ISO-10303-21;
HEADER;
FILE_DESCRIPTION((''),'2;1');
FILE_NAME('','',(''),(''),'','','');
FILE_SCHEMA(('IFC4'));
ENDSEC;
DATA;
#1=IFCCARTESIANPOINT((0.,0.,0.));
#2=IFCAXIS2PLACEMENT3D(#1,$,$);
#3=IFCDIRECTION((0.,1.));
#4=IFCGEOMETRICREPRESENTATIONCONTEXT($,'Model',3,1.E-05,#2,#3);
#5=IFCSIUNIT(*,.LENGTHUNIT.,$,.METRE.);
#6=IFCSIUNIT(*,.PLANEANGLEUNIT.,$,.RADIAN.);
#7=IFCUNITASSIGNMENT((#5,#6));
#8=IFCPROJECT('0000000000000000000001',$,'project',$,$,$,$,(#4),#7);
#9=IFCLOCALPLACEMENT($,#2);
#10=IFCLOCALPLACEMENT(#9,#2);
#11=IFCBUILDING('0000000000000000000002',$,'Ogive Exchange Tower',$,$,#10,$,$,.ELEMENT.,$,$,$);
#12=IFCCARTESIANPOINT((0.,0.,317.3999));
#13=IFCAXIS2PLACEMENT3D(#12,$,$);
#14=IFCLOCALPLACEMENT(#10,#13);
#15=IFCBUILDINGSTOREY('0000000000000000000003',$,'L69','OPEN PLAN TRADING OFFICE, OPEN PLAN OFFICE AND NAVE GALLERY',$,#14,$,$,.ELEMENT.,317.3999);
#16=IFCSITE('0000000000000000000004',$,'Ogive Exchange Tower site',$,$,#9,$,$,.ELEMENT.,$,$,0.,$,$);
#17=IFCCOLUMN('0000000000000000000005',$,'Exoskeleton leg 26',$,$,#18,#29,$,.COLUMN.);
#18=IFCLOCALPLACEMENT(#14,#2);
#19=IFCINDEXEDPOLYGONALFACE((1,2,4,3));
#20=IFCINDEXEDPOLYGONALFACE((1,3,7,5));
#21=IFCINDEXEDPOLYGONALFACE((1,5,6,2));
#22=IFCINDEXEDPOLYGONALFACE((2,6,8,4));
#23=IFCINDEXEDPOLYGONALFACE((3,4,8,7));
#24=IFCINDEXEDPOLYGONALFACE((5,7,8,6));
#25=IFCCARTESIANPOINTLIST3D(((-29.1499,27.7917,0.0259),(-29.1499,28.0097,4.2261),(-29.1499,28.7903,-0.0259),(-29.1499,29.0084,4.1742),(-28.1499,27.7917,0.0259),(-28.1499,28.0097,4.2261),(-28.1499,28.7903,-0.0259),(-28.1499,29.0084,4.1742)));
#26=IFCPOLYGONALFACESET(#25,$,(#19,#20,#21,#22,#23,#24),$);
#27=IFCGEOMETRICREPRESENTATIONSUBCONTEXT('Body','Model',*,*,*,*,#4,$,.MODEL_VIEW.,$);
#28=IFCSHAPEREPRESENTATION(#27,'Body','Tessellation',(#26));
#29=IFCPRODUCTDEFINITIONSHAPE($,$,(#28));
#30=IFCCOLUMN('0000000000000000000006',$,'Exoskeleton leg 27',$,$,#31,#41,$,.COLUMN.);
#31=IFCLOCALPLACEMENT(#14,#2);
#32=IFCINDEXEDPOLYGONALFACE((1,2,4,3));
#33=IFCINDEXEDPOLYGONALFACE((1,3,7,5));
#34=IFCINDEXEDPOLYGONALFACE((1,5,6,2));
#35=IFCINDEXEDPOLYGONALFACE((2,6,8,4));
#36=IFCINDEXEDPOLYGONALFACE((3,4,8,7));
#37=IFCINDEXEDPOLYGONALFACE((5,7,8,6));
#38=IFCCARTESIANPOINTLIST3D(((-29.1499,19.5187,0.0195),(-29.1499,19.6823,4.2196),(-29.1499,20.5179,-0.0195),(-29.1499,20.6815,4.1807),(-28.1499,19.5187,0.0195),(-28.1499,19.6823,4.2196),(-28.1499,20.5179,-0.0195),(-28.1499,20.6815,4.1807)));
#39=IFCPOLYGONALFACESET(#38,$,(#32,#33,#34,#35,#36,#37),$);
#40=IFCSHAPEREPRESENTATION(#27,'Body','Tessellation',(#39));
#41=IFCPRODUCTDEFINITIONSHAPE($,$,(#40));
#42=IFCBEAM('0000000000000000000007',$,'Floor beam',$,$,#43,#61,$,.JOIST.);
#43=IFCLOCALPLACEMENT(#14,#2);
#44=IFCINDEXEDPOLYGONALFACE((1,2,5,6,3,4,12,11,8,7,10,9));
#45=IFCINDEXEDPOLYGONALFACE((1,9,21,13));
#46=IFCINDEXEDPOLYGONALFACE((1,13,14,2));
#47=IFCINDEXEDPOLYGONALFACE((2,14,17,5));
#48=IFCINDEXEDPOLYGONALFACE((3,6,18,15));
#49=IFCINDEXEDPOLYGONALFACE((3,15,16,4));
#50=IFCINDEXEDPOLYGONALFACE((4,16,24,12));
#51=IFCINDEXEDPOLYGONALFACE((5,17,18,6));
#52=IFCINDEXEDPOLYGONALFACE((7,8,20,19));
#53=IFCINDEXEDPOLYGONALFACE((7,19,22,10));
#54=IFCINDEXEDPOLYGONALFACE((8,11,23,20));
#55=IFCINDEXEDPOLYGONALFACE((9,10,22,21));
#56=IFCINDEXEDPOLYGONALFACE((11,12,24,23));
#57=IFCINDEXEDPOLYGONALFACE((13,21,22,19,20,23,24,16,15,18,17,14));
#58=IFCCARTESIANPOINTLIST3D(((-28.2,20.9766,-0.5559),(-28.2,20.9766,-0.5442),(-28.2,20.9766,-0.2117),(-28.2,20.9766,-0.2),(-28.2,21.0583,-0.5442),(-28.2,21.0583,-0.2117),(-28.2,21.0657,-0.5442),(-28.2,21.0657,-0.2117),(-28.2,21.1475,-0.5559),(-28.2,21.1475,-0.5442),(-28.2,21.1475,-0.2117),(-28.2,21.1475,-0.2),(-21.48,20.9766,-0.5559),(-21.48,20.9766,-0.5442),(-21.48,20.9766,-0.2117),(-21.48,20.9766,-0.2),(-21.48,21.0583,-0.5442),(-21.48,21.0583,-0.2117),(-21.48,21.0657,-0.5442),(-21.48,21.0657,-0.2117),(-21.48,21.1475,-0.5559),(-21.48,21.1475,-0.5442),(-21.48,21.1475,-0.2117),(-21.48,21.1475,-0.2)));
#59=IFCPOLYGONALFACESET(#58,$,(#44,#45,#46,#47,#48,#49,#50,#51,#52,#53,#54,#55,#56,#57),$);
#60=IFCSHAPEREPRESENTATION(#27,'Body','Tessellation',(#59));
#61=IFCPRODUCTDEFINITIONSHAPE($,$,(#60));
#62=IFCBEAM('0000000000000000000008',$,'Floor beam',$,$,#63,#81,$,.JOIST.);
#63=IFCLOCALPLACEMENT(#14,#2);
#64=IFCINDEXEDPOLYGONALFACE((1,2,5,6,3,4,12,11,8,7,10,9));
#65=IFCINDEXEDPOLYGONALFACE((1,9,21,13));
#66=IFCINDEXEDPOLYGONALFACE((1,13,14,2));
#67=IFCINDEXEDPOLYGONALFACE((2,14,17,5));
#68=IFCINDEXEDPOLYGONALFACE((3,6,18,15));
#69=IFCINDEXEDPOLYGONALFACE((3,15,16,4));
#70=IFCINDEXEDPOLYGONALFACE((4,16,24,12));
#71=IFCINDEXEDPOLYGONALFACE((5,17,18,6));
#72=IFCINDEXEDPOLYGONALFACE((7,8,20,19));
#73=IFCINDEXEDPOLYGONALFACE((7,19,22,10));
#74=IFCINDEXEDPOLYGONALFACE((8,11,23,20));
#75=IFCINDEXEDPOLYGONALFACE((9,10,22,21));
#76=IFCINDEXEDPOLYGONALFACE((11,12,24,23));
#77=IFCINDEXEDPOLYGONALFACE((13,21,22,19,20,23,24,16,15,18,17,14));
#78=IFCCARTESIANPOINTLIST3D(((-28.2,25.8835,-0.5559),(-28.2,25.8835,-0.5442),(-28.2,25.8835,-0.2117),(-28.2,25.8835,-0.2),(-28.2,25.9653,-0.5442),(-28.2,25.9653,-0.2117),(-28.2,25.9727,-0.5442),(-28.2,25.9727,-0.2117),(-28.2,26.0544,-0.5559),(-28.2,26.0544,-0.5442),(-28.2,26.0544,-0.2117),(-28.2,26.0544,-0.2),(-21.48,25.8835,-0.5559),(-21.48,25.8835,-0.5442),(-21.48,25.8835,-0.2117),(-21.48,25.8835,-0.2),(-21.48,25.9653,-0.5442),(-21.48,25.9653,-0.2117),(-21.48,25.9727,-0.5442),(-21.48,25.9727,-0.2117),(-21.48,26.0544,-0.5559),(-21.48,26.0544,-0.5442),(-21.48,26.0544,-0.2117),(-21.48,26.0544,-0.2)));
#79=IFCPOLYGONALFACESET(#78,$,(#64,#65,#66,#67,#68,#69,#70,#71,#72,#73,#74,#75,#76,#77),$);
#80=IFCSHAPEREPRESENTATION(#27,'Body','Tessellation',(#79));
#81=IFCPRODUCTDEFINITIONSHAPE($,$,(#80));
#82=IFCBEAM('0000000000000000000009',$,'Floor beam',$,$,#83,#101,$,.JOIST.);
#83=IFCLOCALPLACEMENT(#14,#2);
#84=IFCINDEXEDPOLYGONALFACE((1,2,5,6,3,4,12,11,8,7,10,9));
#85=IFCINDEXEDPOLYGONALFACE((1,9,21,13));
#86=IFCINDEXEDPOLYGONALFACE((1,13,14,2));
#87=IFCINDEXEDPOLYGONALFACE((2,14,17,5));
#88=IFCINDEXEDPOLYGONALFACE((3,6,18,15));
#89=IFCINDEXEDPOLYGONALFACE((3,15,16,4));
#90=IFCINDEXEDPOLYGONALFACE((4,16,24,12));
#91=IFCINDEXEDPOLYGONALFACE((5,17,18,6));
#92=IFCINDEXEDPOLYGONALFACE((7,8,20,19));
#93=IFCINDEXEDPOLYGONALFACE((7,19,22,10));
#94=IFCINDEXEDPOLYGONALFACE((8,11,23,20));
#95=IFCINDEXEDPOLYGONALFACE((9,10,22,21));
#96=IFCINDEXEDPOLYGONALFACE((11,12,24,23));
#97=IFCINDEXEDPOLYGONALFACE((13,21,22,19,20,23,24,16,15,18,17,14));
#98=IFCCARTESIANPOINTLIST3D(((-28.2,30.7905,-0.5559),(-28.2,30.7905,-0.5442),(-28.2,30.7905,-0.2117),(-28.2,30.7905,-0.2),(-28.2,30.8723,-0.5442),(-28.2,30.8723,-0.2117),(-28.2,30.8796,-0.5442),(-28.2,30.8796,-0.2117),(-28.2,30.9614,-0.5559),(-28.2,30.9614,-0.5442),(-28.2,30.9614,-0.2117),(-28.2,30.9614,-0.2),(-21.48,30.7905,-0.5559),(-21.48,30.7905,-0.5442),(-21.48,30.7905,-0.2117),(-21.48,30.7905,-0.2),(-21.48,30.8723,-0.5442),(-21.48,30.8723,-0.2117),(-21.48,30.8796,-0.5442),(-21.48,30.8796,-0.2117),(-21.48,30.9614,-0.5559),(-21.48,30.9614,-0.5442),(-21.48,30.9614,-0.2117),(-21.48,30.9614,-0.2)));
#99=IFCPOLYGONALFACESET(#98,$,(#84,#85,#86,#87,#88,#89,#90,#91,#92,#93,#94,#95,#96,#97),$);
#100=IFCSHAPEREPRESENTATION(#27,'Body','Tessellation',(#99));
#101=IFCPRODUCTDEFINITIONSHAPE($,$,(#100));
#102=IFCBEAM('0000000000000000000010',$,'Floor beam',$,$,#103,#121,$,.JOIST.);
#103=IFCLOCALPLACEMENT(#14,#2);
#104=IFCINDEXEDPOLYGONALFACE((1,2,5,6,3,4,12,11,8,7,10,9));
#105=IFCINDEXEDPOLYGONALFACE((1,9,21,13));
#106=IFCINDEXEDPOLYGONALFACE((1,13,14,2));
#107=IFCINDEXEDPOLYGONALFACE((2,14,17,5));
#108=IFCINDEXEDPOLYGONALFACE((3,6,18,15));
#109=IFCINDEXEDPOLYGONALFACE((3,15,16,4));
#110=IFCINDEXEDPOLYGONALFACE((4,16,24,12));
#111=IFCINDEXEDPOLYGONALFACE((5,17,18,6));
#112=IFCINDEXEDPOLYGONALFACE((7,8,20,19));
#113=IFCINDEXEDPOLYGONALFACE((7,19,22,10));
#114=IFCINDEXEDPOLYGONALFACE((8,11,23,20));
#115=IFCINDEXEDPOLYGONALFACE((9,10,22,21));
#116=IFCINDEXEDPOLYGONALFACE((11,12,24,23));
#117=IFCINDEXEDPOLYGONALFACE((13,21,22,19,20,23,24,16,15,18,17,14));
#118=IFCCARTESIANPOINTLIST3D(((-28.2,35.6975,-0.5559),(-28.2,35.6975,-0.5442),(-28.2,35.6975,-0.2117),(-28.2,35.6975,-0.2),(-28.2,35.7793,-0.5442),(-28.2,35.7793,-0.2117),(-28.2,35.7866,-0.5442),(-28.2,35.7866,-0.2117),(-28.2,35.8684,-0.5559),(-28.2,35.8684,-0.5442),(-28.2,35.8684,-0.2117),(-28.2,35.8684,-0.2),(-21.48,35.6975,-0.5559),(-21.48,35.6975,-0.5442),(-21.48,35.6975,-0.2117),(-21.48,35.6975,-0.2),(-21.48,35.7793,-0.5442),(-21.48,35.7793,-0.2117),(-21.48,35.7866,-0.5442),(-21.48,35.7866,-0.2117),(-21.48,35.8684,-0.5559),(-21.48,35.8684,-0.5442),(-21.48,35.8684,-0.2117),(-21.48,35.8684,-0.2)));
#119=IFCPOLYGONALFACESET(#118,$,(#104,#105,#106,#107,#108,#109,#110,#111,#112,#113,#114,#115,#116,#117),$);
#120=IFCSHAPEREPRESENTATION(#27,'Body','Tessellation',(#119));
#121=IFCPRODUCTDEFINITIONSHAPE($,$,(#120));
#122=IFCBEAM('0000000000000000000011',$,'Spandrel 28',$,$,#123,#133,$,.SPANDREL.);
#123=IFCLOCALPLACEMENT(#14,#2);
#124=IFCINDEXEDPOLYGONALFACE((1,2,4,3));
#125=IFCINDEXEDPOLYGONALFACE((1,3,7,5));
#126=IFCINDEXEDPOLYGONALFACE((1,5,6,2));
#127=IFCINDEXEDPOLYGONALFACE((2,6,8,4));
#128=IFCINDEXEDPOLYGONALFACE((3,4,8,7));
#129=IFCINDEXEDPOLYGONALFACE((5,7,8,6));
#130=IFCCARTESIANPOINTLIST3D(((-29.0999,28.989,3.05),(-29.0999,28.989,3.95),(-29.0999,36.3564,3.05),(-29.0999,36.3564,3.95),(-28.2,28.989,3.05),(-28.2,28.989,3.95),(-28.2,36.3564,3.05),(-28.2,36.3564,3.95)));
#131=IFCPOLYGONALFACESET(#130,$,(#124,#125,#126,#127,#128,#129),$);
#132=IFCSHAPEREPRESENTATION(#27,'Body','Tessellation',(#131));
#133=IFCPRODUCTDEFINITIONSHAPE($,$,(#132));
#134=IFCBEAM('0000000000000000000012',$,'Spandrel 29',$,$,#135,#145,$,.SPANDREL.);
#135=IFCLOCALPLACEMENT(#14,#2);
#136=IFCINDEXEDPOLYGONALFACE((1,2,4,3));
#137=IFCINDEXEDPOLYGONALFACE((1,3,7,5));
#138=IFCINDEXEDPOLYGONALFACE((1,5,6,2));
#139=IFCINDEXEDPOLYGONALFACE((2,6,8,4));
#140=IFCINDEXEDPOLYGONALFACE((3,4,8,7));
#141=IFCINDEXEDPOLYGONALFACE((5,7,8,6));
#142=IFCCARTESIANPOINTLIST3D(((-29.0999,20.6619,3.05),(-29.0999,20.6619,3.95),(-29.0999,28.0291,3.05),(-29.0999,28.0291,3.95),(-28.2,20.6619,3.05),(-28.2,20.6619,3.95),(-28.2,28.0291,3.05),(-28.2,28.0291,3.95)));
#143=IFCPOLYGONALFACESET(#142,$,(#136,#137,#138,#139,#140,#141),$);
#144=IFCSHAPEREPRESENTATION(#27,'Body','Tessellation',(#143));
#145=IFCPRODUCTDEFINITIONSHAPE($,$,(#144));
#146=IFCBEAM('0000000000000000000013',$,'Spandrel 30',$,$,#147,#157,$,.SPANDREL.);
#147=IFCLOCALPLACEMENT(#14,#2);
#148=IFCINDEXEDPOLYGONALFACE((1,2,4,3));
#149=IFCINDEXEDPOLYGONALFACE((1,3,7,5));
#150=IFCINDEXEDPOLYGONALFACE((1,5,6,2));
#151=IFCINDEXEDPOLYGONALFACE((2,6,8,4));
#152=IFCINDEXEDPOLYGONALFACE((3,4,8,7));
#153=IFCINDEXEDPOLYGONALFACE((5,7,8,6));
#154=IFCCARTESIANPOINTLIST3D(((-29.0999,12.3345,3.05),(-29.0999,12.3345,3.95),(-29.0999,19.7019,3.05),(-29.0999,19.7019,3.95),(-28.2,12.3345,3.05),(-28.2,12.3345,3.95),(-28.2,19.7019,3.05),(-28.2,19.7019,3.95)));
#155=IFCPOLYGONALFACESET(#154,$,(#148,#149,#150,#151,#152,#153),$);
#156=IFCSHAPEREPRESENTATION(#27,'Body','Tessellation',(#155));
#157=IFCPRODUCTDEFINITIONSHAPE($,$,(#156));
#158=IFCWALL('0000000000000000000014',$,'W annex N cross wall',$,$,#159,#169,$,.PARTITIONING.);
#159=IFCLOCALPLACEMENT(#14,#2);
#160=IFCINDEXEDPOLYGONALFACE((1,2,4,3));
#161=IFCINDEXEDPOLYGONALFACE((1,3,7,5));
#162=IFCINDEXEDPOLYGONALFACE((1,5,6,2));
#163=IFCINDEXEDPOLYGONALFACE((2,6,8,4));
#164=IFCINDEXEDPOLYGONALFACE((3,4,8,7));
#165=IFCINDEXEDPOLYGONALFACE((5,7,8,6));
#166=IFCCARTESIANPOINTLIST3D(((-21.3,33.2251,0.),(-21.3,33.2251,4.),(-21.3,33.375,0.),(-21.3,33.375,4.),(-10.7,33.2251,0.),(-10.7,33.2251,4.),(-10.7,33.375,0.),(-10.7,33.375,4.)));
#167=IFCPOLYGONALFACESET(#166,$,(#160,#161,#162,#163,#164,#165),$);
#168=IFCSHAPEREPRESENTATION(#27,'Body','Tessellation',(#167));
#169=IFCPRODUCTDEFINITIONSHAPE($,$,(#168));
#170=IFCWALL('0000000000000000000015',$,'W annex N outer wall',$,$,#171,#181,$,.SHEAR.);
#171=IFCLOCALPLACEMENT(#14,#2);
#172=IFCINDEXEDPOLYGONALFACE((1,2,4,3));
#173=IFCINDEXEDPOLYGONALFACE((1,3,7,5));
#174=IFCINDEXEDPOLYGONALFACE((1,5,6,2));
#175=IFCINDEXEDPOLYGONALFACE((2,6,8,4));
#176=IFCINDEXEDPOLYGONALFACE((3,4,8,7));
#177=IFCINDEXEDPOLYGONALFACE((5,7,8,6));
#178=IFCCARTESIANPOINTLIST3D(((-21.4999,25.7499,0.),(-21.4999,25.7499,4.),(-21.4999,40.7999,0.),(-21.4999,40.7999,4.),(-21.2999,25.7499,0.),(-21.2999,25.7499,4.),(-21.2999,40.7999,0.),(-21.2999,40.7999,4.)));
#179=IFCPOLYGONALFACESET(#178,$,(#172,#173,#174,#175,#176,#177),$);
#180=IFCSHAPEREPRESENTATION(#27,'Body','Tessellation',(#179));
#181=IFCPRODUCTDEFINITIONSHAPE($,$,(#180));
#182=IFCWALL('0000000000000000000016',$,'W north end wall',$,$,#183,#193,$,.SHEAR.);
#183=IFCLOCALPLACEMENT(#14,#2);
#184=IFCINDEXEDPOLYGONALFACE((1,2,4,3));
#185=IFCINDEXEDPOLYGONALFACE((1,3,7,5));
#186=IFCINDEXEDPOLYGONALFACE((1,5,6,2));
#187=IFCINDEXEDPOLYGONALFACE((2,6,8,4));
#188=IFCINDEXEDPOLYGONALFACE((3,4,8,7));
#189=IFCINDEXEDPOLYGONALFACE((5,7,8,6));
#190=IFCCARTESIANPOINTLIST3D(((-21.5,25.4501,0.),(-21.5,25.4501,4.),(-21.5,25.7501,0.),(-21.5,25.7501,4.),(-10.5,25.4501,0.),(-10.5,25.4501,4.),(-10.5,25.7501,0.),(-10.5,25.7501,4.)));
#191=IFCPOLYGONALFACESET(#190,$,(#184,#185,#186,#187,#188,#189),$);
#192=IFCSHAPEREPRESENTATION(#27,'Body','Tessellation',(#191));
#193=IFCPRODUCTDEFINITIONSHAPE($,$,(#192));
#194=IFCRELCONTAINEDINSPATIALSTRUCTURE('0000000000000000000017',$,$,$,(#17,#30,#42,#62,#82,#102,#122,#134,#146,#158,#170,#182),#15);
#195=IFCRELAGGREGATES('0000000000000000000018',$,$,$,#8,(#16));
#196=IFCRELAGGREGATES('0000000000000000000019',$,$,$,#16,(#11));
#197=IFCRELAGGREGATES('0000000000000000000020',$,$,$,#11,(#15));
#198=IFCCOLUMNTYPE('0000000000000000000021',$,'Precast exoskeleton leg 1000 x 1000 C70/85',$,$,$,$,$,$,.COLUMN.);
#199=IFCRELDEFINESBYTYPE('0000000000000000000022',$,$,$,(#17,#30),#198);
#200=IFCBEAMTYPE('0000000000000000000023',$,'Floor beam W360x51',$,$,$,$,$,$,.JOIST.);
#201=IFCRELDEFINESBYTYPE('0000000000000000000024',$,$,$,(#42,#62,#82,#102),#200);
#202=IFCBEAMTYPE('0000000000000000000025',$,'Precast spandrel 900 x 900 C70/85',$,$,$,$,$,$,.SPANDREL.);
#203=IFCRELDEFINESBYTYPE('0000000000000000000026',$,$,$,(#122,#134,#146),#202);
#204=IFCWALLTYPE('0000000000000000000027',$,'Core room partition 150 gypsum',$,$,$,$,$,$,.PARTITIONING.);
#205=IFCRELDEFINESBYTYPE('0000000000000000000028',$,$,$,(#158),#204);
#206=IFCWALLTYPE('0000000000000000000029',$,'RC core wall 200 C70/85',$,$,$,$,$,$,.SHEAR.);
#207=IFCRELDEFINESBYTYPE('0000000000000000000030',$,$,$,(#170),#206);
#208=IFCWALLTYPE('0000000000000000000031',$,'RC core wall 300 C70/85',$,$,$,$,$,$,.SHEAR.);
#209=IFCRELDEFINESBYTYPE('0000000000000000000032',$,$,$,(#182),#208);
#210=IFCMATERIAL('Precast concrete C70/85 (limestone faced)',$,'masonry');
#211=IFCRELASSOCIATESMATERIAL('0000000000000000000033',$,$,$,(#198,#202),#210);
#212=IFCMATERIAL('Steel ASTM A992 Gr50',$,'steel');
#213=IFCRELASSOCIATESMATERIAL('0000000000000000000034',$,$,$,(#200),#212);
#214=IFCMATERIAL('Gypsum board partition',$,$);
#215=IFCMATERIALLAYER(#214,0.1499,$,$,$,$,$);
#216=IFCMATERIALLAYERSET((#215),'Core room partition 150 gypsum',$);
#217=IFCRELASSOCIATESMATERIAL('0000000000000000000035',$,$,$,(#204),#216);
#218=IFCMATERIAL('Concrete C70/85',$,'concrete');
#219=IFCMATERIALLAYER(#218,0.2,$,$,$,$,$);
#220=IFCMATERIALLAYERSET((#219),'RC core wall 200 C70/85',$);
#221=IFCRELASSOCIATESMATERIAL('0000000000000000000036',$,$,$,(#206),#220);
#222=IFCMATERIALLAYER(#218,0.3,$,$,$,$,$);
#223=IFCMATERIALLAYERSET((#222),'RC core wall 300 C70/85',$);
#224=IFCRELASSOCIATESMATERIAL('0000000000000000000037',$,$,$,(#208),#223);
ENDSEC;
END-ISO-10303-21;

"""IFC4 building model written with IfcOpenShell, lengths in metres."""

from ifc_helpers import new_model, si_unit, direction, frame, frame_2d, origin, origin_2d, place, context, subcontext, project, spatial, rectangle, i_section, extrude, material, layer, layer_set, material_profile, profile_set, type_object, element, save


model = new_model("IFC4")

# Units and contexts
model_context = context("Model", 3, precision=1e-05, world=origin(), true_north=direction((0.0, 1.0)))
body_context = subcontext(model_context, "Body", "Model", "MODEL_VIEW")
ifc_project = project(units=[si_unit("LENGTHUNIT", "METRE"), si_unit("PLANEANGLEUNIT", "RADIAN")], contexts=[model_context])

# Site, building, storey
site_placement = place(None, origin())
site = spatial("IfcSite", under=ifc_project, at=site_placement, Name="Ogive Exchange Tower site", CompositionType="ELEMENT", RefElevation=0.0)
building_placement = place(site_placement, origin())
building = spatial("IfcBuilding", under=site, at=building_placement, Name="Ogive Exchange Tower", CompositionType="ELEMENT")
storey_placement = place(building_placement, frame((0.0, 0.0, 317.3999)))
storey = spatial("IfcBuildingStorey", under=building, at=storey_placement, Name="L69", Description="OPEN PLAN TRADING OFFICE, OPEN PLAN OFFICE AND NAVE GALLERY", CompositionType="ELEMENT", Elevation=317.3999)

# Columns
ifc_material_1 = material(Name="Precast concrete C70/85 (limestone faced)", Category="masonry")
ifc_material_profile_1 = material_profile(ifc_material_1, rectangle(XDim=1.0, YDim=1.0, at=origin_2d()), Name="1000 x 1000")
ifc_profile_set_1 = profile_set([ifc_material_profile_1], Name="Precast concrete C70/85 (limestone faced)")
column_type = type_object("IfcColumnType", Name="Precast exoskeleton leg 1000 x 1000 C70/85", PredefinedType="COLUMN", material=ifc_profile_set_1)
column_1_placement = place(storey_placement, frame((-28.6499, 28.291, 0.0), z_axis=(0.0, 0.051837, 0.998656), x_axis=(-1.0, 0.0, 0.0)))
element("IfcColumn", 1, at=column_1_placement, inside=storey, type_object=column_type, Name="Exoskeleton leg 26", PredefinedType="COLUMN", context=body_context, shape_type="SweptSolid", body=[
    extrude(rectangle(XDim=1.0, YDim=1.0, at=origin_2d()), origin(), (0.0, 0.0, 1.0), 4.2058),
])
column_2_placement = place(storey_placement, frame((-28.6499, 20.0183, 0.0), z_axis=(0.0, 0.038915, 0.999243), x_axis=(-1.0, 0.0, 0.0)))
element("IfcColumn", 2, at=column_2_placement, inside=storey, type_object=column_type, Name="Exoskeleton leg 27", PredefinedType="COLUMN", context=body_context, shape_type="SweptSolid", body=[
    extrude(rectangle(XDim=1.0, YDim=1.0, at=origin_2d()), origin(), (0.0, 0.0, 1.0), 4.2034),
])

# Beams
ifc_material_2 = material(Name="Steel ASTM A992 Gr50", Category="steel")
ifc_material_profile_2 = material_profile(ifc_material_2, i_section(OverallWidth=0.1709, OverallDepth=0.356, WebThickness=0.0073, FlangeThickness=0.0117, at=origin_2d()), Name="W360x51")
ifc_profile_set_2 = profile_set([ifc_material_profile_2], Name="Steel ASTM A992 Gr50")
beam_type_1 = type_object("IfcBeamType", Name="Floor beam W360x51", PredefinedType="JOIST", material=ifc_profile_set_2)
for number, where, z_axis, x_axis, name in (
    (3, (-28.2, 21.062, -0.3779), (1.0, 0.0, 0.0), (0.0, 1.0, 0.0), "Floor beam"),
    (4, (-28.2, 25.969, -0.3779), (1.0, 0.0, 0.0), (0.0, 1.0, 0.0), "Floor beam"),
    (5, (-28.2, 30.876, -0.3779), (1.0, 0.0, 0.0), (0.0, 1.0, 0.0), "Floor beam"),
    (6, (-28.2, 35.783, -0.3779), (1.0, 0.0, 0.0), (0.0, 1.0, 0.0), "Floor beam"),
):
    element("IfcBeam", number, at=place(storey_placement, frame(where, z_axis=z_axis, x_axis=x_axis)), inside=storey, type_object=beam_type_1, Name=name, PredefinedType="JOIST", context=body_context, shape_type="SweptSolid", body=[
        extrude(i_section(OverallWidth=0.1709, OverallDepth=0.356, WebThickness=0.0073, FlangeThickness=0.0117, at=origin_2d()), origin(), (0.0, 0.0, 1.0), 6.72),
    ])
ifc_material_profile_3 = material_profile(ifc_material_1, rectangle(XDim=0.8999, YDim=0.8999, at=origin_2d()), Name="900 x 900")
ifc_profile_set_3 = profile_set([ifc_material_profile_3], Name="Precast concrete C70/85 (limestone faced)")
beam_type_2 = type_object("IfcBeamType", Name="Precast spandrel 900 x 900 C70/85", PredefinedType="SPANDREL", material=ifc_profile_set_3)
beam_1_placement = place(storey_placement, frame((-28.6499, 36.3564, 3.5), z_axis=(0.0, -1.0, 0.0), x_axis=(1.0, 0.0, 0.0)))
element("IfcBeam", 7, at=beam_1_placement, inside=storey, type_object=beam_type_2, Name="Spandrel 28", PredefinedType="SPANDREL", context=body_context, shape_type="SweptSolid", body=[
    extrude(rectangle(XDim=0.8999, YDim=0.8999, at=origin_2d()), origin(), (0.0, 0.0, 1.0), 7.3674),
])
beam_2_placement = place(storey_placement, frame((-28.6499, 28.0291, 3.5), z_axis=(0.0, -1.0, 0.0), x_axis=(1.0, 0.0, 0.0)))
element("IfcBeam", 8, at=beam_2_placement, inside=storey, type_object=beam_type_2, Name="Spandrel 29", PredefinedType="SPANDREL", context=body_context, shape_type="SweptSolid", body=[
    extrude(rectangle(XDim=0.8999, YDim=0.8999, at=origin_2d()), origin(), (0.0, 0.0, 1.0), 7.3672),
])
beam_3_placement = place(storey_placement, frame((-28.6499, 19.7019, 3.5), z_axis=(0.0, -1.0, 0.0), x_axis=(1.0, 0.0, 0.0)))
element("IfcBeam", 9, at=beam_3_placement, inside=storey, type_object=beam_type_2, Name="Spandrel 30", PredefinedType="SPANDREL", context=body_context, shape_type="SweptSolid", body=[
    extrude(rectangle(XDim=0.8999, YDim=0.8999, at=origin_2d()), origin(), (0.0, 0.0, 1.0), 7.3674),
])

# Walls
ifc_material_3 = material(Name="Gypsum board partition")
ifc_layer_1 = layer(ifc_material_3, 0.1499)
ifc_layer_set_1 = layer_set([ifc_layer_1], Name="Core room partition 150 gypsum")
wall_type_1 = type_object("IfcWallType", Name="Core room partition 150 gypsum", PredefinedType="PARTITIONING", material=ifc_layer_set_1)
wall_1_placement = place(storey_placement, frame((-21.3, 33.3, 0.0), z_axis=(0.0, 0.0, 1.0), x_axis=(1.0, 0.0, 0.0)))
element("IfcWall", 10, at=wall_1_placement, inside=storey, type_object=wall_type_1, Name="W annex N cross wall", PredefinedType="PARTITIONING", context=body_context, shape_type="SweptSolid", body=[
    extrude(rectangle(XDim=10.6001, YDim=0.1499, at=frame_2d((5.3, 0.0))), origin(), (0.0, 0.0, 1.0), 4.0),
])
ifc_material_4 = material(Name="Concrete C70/85", Category="concrete")
ifc_layer_2 = layer(ifc_material_4, 0.2)
ifc_layer_set_2 = layer_set([ifc_layer_2], Name="RC core wall 200 C70/85")
wall_type_2 = type_object("IfcWallType", Name="RC core wall 200 C70/85", PredefinedType="SHEAR", material=ifc_layer_set_2)
wall_2_placement = place(storey_placement, frame((-21.3999, 25.75, 0.0), z_axis=(0.0, 0.0, 1.0), x_axis=(0.0, 1.0, 0.0)))
element("IfcWall", 11, at=wall_2_placement, inside=storey, type_object=wall_type_2, Name="W annex N outer wall", PredefinedType="SHEAR", context=body_context, shape_type="SweptSolid", body=[
    extrude(rectangle(XDim=15.05, YDim=0.2, at=frame_2d((7.5249, 0.0))), origin(), (0.0, 0.0, 1.0), 4.0),
])
ifc_layer_3 = layer(ifc_material_4, 0.3)
ifc_layer_set_3 = layer_set([ifc_layer_3], Name="RC core wall 300 C70/85")
wall_type_3 = type_object("IfcWallType", Name="RC core wall 300 C70/85", PredefinedType="SHEAR", material=ifc_layer_set_3)
wall_3_placement = place(storey_placement, frame((-21.5, 25.6001, 0.0), z_axis=(0.0, 0.0, 1.0), x_axis=(1.0, 0.0, 0.0)))
element("IfcWall", 12, at=wall_3_placement, inside=storey, type_object=wall_type_3, Name="W north end wall", PredefinedType="SHEAR", context=body_context, shape_type="SweptSolid", body=[
    extrude(rectangle(XDim=11.0, YDim=0.3, at=frame_2d((5.5, 0.0))), origin(), (0.0, 0.0, 1.0), 4.0),
])

save(model, "model.ifc")
